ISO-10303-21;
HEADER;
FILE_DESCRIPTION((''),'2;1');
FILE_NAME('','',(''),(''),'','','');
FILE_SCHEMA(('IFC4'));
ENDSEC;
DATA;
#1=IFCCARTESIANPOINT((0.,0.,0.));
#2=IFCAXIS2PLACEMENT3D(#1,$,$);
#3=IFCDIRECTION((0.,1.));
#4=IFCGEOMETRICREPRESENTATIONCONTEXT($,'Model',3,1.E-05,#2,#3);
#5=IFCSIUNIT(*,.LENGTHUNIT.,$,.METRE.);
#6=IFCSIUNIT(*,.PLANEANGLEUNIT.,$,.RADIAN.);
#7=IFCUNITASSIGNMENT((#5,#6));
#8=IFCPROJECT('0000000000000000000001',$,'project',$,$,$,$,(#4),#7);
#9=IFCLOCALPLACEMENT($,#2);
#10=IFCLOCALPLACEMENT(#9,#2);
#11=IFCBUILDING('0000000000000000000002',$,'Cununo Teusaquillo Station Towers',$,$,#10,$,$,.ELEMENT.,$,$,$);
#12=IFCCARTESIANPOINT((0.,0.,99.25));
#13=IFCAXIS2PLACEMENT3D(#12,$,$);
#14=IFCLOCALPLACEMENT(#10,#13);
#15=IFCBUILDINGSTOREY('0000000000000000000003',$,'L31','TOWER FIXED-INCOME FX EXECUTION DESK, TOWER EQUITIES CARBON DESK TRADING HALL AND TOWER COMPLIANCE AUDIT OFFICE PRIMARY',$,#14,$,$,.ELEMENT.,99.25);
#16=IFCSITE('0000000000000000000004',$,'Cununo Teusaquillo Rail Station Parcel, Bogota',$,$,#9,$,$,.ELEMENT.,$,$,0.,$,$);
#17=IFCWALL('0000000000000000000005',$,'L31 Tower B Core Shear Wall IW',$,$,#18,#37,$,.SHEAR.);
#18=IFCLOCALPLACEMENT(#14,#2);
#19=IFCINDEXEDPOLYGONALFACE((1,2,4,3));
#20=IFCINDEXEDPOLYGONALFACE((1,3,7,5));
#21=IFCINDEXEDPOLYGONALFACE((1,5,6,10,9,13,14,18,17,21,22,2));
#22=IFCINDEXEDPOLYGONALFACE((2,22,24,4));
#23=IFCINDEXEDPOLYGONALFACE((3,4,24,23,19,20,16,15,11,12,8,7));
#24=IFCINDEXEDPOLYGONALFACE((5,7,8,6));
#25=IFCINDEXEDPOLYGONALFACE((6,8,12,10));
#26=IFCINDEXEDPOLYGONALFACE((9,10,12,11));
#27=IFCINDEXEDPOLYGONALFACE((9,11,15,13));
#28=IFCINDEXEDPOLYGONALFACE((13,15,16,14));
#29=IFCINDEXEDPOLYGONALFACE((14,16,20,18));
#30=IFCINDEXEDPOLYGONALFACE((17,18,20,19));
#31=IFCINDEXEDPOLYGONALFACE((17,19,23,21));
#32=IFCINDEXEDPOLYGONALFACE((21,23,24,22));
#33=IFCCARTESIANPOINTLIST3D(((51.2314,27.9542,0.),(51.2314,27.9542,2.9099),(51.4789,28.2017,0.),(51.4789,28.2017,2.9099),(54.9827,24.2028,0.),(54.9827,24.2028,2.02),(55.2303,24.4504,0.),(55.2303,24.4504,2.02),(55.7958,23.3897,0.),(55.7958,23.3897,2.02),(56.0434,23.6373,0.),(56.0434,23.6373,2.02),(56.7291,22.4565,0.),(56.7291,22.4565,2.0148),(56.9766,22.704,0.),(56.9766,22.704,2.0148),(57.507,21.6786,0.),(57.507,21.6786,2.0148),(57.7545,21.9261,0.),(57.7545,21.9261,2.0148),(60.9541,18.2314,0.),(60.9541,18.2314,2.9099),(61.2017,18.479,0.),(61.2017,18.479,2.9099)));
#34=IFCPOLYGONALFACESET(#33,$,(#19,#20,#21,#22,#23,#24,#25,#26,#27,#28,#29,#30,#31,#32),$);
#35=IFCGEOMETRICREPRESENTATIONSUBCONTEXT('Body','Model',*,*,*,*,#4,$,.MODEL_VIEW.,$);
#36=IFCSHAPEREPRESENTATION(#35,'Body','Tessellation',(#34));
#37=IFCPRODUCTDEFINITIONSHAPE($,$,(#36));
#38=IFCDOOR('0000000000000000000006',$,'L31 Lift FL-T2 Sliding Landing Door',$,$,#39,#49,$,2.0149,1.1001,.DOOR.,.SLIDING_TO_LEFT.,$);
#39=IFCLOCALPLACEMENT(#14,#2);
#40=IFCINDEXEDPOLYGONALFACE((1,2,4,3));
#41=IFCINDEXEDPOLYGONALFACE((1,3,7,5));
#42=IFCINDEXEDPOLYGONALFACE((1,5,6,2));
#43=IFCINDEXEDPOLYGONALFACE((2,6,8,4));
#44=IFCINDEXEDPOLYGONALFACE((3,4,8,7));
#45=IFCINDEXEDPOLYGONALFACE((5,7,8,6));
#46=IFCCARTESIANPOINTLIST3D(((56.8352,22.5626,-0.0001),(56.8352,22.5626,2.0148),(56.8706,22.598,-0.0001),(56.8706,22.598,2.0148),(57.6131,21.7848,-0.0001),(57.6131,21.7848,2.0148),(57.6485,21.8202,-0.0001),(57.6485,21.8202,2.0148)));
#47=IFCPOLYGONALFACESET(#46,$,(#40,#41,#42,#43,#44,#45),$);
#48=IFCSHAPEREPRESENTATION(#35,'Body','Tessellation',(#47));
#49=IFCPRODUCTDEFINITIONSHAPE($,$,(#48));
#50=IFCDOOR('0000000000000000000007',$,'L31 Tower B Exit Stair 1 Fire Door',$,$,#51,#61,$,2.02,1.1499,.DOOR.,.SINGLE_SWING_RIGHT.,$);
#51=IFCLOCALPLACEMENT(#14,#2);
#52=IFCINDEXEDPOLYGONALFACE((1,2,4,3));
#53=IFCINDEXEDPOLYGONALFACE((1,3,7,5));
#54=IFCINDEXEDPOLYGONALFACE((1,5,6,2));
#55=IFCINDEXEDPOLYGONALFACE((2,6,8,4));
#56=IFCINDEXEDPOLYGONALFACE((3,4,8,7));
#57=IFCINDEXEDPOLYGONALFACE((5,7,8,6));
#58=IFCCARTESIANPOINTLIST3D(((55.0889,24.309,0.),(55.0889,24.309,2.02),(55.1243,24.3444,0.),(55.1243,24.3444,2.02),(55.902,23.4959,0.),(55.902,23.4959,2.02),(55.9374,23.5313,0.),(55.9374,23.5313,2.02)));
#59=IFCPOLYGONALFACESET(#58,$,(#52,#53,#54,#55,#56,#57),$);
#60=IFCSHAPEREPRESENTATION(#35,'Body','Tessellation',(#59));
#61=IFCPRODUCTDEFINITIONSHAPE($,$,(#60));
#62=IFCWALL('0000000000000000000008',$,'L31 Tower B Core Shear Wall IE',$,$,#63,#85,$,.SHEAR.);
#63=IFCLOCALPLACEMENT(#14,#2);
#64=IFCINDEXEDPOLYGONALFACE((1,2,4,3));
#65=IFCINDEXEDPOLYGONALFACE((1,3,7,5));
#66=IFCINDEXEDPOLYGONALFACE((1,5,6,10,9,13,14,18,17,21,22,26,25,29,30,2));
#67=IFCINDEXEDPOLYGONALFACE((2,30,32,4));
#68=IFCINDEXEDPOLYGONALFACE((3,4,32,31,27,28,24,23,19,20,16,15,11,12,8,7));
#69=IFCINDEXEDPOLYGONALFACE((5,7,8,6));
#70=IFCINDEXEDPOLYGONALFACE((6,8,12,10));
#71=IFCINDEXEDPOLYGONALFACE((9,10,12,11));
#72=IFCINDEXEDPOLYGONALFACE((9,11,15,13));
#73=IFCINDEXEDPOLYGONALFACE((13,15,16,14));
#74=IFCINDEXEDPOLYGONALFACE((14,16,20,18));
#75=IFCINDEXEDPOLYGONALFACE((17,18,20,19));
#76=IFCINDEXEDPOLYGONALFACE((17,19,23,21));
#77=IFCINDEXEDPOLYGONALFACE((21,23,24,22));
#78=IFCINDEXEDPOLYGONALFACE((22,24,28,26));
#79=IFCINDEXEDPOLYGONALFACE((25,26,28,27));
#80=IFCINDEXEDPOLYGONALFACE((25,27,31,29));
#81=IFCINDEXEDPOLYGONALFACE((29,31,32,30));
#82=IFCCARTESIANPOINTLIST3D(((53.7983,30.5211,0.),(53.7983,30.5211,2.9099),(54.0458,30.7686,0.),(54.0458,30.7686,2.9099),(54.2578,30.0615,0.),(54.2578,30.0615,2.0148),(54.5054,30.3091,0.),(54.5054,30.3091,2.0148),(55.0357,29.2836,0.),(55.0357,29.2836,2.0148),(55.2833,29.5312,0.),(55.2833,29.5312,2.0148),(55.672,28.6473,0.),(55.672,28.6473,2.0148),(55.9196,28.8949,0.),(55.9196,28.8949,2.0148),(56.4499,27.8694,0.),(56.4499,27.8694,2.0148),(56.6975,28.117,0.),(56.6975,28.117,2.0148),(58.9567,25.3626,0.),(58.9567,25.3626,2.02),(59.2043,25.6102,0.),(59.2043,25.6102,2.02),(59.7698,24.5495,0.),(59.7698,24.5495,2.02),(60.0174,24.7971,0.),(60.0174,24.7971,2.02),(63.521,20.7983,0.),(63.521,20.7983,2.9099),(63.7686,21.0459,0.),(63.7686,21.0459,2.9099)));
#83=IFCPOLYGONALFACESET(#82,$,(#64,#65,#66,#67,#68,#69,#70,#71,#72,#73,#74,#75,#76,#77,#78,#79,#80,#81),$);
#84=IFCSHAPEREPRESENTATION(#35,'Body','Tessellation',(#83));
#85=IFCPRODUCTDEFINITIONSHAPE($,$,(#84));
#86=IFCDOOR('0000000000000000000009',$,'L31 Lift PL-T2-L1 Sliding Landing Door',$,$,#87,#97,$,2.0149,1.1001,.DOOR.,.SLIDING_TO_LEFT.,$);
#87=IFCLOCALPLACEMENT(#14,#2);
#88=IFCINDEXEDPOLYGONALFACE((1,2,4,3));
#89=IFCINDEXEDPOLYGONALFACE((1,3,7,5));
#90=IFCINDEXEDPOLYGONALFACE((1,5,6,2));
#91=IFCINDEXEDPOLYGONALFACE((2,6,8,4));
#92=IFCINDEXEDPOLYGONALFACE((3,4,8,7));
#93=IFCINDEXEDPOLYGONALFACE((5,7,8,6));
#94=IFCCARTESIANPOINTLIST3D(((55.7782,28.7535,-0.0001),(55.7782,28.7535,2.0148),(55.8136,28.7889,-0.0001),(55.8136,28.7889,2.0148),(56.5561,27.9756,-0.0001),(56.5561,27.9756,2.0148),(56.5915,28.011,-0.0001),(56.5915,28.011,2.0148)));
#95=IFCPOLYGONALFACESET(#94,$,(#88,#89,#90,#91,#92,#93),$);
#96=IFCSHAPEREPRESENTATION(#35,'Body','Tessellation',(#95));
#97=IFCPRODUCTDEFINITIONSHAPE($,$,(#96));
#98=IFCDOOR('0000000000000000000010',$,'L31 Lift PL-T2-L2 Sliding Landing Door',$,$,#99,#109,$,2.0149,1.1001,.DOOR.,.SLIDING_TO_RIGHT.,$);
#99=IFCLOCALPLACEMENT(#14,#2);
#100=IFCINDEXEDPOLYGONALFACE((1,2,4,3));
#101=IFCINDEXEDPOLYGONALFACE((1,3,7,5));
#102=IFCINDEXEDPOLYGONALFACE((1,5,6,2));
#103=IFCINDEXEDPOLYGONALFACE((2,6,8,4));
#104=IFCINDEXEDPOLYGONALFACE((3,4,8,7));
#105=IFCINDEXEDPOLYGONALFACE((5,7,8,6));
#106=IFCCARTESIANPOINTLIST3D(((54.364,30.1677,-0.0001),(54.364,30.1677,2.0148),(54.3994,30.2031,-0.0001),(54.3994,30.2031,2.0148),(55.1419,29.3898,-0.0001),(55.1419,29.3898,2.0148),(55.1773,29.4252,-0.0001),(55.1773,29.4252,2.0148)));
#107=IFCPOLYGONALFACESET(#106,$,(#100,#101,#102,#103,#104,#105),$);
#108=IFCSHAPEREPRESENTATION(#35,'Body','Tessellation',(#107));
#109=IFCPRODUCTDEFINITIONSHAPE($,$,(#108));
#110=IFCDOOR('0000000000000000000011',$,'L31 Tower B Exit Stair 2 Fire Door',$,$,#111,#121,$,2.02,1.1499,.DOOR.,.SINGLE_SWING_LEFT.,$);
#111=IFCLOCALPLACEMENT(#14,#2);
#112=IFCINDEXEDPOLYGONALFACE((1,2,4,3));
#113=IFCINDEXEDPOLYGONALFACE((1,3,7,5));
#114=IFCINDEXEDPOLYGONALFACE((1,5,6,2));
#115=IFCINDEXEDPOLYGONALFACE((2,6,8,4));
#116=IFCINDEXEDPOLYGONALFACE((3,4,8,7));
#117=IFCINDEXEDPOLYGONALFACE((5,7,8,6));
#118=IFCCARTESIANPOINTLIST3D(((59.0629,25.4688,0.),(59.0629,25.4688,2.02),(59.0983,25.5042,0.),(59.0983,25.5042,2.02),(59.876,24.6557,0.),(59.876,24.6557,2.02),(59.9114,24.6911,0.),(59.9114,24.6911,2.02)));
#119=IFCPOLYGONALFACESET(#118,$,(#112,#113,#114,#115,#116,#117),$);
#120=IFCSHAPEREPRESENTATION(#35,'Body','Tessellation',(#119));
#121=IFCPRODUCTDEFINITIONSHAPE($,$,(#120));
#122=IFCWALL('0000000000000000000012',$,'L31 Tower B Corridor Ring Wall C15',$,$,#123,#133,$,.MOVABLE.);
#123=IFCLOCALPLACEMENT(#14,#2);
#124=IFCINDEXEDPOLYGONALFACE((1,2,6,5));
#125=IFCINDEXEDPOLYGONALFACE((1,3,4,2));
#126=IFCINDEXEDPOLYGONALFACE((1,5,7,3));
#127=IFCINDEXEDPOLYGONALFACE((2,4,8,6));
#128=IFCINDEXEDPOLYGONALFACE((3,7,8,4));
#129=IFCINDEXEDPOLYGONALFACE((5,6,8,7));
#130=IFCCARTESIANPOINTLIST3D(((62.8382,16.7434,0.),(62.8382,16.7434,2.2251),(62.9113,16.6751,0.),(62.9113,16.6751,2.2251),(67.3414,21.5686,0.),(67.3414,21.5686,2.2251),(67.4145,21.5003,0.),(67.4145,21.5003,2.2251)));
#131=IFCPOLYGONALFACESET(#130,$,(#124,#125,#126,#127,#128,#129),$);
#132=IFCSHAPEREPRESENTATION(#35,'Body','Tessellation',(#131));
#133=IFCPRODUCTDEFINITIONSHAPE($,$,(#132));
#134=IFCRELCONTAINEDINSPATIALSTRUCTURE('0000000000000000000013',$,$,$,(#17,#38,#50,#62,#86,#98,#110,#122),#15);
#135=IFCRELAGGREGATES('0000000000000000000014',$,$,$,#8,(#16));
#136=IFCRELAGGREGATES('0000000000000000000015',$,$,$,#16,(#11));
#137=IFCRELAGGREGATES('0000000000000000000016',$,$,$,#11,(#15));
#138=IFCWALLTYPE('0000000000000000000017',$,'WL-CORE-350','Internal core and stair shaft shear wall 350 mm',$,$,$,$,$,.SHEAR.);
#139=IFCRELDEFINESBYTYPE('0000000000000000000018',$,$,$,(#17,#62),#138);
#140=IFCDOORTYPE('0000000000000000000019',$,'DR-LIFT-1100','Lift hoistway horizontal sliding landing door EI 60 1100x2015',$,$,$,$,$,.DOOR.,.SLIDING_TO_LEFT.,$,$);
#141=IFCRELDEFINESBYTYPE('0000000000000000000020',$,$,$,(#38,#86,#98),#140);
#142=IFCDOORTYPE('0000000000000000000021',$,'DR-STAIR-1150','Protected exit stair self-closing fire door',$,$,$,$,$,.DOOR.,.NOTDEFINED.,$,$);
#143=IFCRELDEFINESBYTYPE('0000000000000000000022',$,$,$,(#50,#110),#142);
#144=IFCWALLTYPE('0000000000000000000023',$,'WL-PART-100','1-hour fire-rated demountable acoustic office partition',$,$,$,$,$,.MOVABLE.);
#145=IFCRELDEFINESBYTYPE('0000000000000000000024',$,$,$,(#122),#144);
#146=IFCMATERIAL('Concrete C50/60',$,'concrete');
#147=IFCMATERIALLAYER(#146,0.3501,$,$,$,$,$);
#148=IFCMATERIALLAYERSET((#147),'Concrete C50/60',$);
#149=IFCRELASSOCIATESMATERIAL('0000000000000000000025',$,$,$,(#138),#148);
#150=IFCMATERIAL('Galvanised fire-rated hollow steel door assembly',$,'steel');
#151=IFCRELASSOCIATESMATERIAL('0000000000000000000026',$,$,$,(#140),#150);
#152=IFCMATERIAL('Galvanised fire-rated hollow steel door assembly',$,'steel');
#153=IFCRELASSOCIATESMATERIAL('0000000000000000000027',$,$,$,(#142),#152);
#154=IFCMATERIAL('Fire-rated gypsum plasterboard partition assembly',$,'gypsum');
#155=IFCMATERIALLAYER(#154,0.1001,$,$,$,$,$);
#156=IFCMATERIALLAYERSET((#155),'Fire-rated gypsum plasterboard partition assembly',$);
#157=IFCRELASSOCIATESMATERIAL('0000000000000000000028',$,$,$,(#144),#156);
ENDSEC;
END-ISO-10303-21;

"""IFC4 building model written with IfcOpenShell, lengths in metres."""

from ifc_helpers import new_model, si_unit, direction, frame, frame_2d, origin, place, context, subcontext, project, spatial, rectangle, extrude, source, transform, mapped, material, layer, layer_set, type_object, element, fill, save


model = new_model("IFC4")

# Units and contexts
model_context = context("Model", 3, precision=1e-05, world=origin(), true_north=direction((0.0, 1.0)))
body_context = subcontext(model_context, "Body", "Model", "MODEL_VIEW")
ifc_project = project(units=[si_unit("LENGTHUNIT", "METRE"), si_unit("PLANEANGLEUNIT", "RADIAN")], contexts=[model_context])

# Site, building, storey
site_placement = place(None, origin())
site = spatial("IfcSite", under=ifc_project, at=site_placement, Name="Cununo Teusaquillo Rail Station Parcel, Bogota", CompositionType="ELEMENT", RefElevation=0.0)
building_placement = place(site_placement, origin())
building = spatial("IfcBuilding", under=site, at=building_placement, Name="Cununo Teusaquillo Station Towers", CompositionType="ELEMENT")
storey_placement = place(building_placement, frame((0.0, 0.0, 99.25)))
storey = spatial("IfcBuildingStorey", under=building, at=storey_placement, Name="L31", Description="TOWER FIXED-INCOME FX EXECUTION DESK, TOWER EQUITIES CARBON DESK TRADING HALL AND TOWER COMPLIANCE AUDIT OFFICE PRIMARY", CompositionType="ELEMENT", Elevation=99.25)

# Walls, openings, doors
ifc_material_1 = material(Name="Concrete C50/60", Category="concrete")
ifc_layer_1 = layer(ifc_material_1, 0.3501)
ifc_layer_set_1 = layer_set([ifc_layer_1], Name="Concrete C50/60")
wall_type_1 = type_object("IfcWallType", Name="WL-CORE-350", Description="Internal core and stair shaft shear wall 350 mm", PredefinedType="SHEAR", material=ifc_layer_set_1)
wall_1_placement = place(storey_placement, frame((61.0779, 18.3552, 0.0), z_axis=(0.0, 0.0, 1.0), x_axis=(-0.707107, 0.707107, 0.0)))
wall_1 = element("IfcWall", 1, at=wall_1_placement, inside=storey, type_object=wall_type_1, Name="L31 Tower B Core Shear Wall IW", PredefinedType="SHEAR", context=body_context, shape_type="SweptSolid", body=[
    extrude(rectangle(XDim=13.75, YDim=0.3501, at=frame_2d((6.875, 0.0))), origin(), (0.0, 0.0, 1.0), 2.9099),
])
shared_shape_1 = source(origin(), body_context, "Body", "SweptSolid", [
    extrude(rectangle(XDim=1.1001, YDim=2.0149, at=frame_2d((0.55, 1.0073))), frame((0.0, 0.1851, 0.0), z_axis=(0.0, -1.0, 0.0), x_axis=(1.0, 0.0, 0.0)), (0.0, 0.0, 1.0), 0.3701),
])
opening_1_placement = place(wall_1_placement, frame((4.875, 0.0, 0.0)))
opening_1 = element("IfcOpeningElement", 2, at=opening_1_placement, cuts=wall_1, PredefinedType="OPENING", context=body_context, shape_type="MappedRepresentation", body=[
    mapped(shared_shape_1, transform((0.0, 0.0, 0.0), x_axis=(1.0, 0.0, 0.0), y_axis=(0.0, 1.0, 0.0), z_axis=(0.0, 0.0, 1.0), scale=1.0)),
])
shared_shape_2 = source(origin(), body_context, "Body", "SweptSolid", [
    extrude(rectangle(XDim=1.1499, YDim=2.02, at=frame_2d((0.575, 1.01))), frame((0.0, 0.1851, 0.0), z_axis=(0.0, -1.0, 0.0), x_axis=(1.0, 0.0, 0.0)), (0.0, 0.0, 1.0), 0.3701),
])
opening_2_placement = place(wall_1_placement, frame((7.2949, 0.0, 0.0)))
opening_2 = element("IfcOpeningElement", 3, at=opening_2_placement, cuts=wall_1, PredefinedType="OPENING", context=body_context, shape_type="MappedRepresentation", body=[
    mapped(shared_shape_2, transform((0.0, 0.0, 0.0), x_axis=(1.0, 0.0, 0.0), y_axis=(0.0, 1.0, 0.0), z_axis=(0.0, 0.0, 1.0), scale=1.0)),
])
ifc_material_2 = material(Name="Galvanised fire-rated hollow steel door assembly", Category="steel")
door_type_1 = type_object("IfcDoorType", Name="DR-LIFT-1100", Description="Lift hoistway horizontal sliding landing door EI 60 1100x2015", OperationType="SLIDING_TO_LEFT", PredefinedType="DOOR", material=ifc_material_2)
shared_shape_3 = source(origin(), body_context, "Body", "SweptSolid", [
    extrude(rectangle(XDim=1.1001, YDim=2.0149, at=frame_2d((0.55, 1.0073))), frame((0.0, 0.0249, 0.0), z_axis=(0.0, -1.0, 0.0), x_axis=(1.0, 0.0, 0.0)), (0.0, 0.0, 1.0), 0.05),
])
door_1_placement = place(opening_1_placement, origin())
door_1 = element("IfcDoor", 4, at=door_1_placement, inside=storey, type_object=door_type_1, Name="L31 Lift FL-T2 Sliding Landing Door", OperationType="SLIDING_TO_LEFT", OverallHeight=2.0149, OverallWidth=1.1001, PredefinedType="DOOR", context=body_context, shape_type="MappedRepresentation", body=[
    mapped(shared_shape_3, transform((0.0, 0.0, 0.0), x_axis=(1.0, 0.0, 0.0), y_axis=(0.0, 1.0, 0.0), z_axis=(0.0, 0.0, 1.0), scale=1.0)),
])
fill(opening_1, door_1)
ifc_material_3 = material(Name="Galvanised fire-rated hollow steel door assembly", Category="steel")
door_type_2 = type_object("IfcDoorType", Name="DR-STAIR-1150", Description="Protected exit stair self-closing fire door", OperationType="NOTDEFINED", PredefinedType="DOOR", material=ifc_material_3)
shared_shape_4 = source(origin(), body_context, "Body", "SweptSolid", [
    extrude(rectangle(XDim=1.1499, YDim=2.02, at=frame_2d((0.575, 1.01))), frame((0.0, 0.0249, 0.0), z_axis=(0.0, -1.0, 0.0), x_axis=(1.0, 0.0, 0.0)), (0.0, 0.0, 1.0), 0.05),
])
door_2_placement = place(opening_2_placement, origin())
door_2 = element("IfcDoor", 5, at=door_2_placement, inside=storey, type_object=door_type_2, Name="L31 Tower B Exit Stair 1 Fire Door", OperationType="SINGLE_SWING_RIGHT", OverallHeight=2.02, OverallWidth=1.1499, PredefinedType="DOOR", context=body_context, shape_type="MappedRepresentation", body=[
    mapped(shared_shape_4, transform((0.0, 0.0, 0.0), x_axis=(1.0, 0.0, 0.0), y_axis=(0.0, 1.0, 0.0), z_axis=(0.0, 0.0, 1.0), scale=1.0)),
])
fill(opening_2, door_2)
wall_2_placement = place(storey_placement, frame((63.6448, 20.9221, 0.0), z_axis=(0.0, 0.0, 1.0), x_axis=(-0.707107, 0.707107, 0.0)))
wall_2 = element("IfcWall", 6, at=wall_2_placement, inside=storey, type_object=wall_type_1, Name="L31 Tower B Core Shear Wall IE", PredefinedType="SHEAR", context=body_context, shape_type="SweptSolid", body=[
    extrude(rectangle(XDim=13.75, YDim=0.3501, at=frame_2d((6.875, 0.0))), origin(), (0.0, 0.0, 1.0), 2.9099),
])
opening_3_placement = place(wall_2_placement, frame((10.0, 0.0, 0.0)))
opening_3 = element("IfcOpeningElement", 7, at=opening_3_placement, cuts=wall_2, PredefinedType="OPENING", context=body_context, shape_type="MappedRepresentation", body=[
    mapped(shared_shape_1, transform((0.0, 0.0, 0.0), x_axis=(1.0, 0.0, 0.0), y_axis=(0.0, 1.0, 0.0), z_axis=(0.0, 0.0, 1.0), scale=1.0)),
])
opening_4_placement = place(wall_2_placement, frame((12.0, 0.0, 0.0)))
opening_4 = element("IfcOpeningElement", 8, at=opening_4_placement, cuts=wall_2, PredefinedType="OPENING", context=body_context, shape_type="MappedRepresentation", body=[
    mapped(shared_shape_1, transform((0.0, 0.0, 0.0), x_axis=(1.0, 0.0, 0.0), y_axis=(0.0, 1.0, 0.0), z_axis=(0.0, 0.0, 1.0), scale=1.0)),
])
opening_5_placement = place(wall_2_placement, frame((5.3049, 0.0, 0.0)))
opening_5 = element("IfcOpeningElement", 9, at=opening_5_placement, cuts=wall_2, PredefinedType="OPENING", context=body_context, shape_type="MappedRepresentation", body=[
    mapped(shared_shape_2, transform((0.0, 0.0, 0.0), x_axis=(1.0, 0.0, 0.0), y_axis=(0.0, 1.0, 0.0), z_axis=(0.0, 0.0, 1.0), scale=1.0)),
])
door_3_placement = place(opening_3_placement, origin())
door_3 = element("IfcDoor", 10, at=door_3_placement, inside=storey, type_object=door_type_1, Name="L31 Lift PL-T2-L1 Sliding Landing Door", OperationType="SLIDING_TO_LEFT", OverallHeight=2.0149, OverallWidth=1.1001, PredefinedType="DOOR", context=body_context, shape_type="MappedRepresentation", body=[
    mapped(shared_shape_3, transform((0.0, 0.0, 0.0), x_axis=(1.0, 0.0, 0.0), y_axis=(0.0, 1.0, 0.0), z_axis=(0.0, 0.0, 1.0), scale=1.0)),
])
fill(opening_3, door_3)
door_4_placement = place(opening_4_placement, origin())
door_4 = element("IfcDoor", 11, at=door_4_placement, inside=storey, type_object=door_type_1, Name="L31 Lift PL-T2-L2 Sliding Landing Door", OperationType="SLIDING_TO_RIGHT", OverallHeight=2.0149, OverallWidth=1.1001, PredefinedType="DOOR", context=body_context, shape_type="MappedRepresentation", body=[
    mapped(shared_shape_3, transform((0.0, 0.0, 0.0), x_axis=(1.0, 0.0, 0.0), y_axis=(0.0, 1.0, 0.0), z_axis=(0.0, 0.0, 1.0), scale=1.0)),
])
fill(opening_4, door_4)
door_5_placement = place(opening_5_placement, origin())
door_5 = element("IfcDoor", 12, at=door_5_placement, inside=storey, type_object=door_type_2, Name="L31 Tower B Exit Stair 2 Fire Door", OperationType="SINGLE_SWING_LEFT", OverallHeight=2.02, OverallWidth=1.1499, PredefinedType="DOOR", context=body_context, shape_type="MappedRepresentation", body=[
    mapped(shared_shape_4, transform((0.0, 0.0, 0.0), x_axis=(1.0, 0.0, 0.0), y_axis=(0.0, 1.0, 0.0), z_axis=(0.0, 0.0, 1.0), scale=1.0)),
])
fill(opening_5, door_5)

# Wall
ifc_material_4 = material(Name="Fire-rated gypsum plasterboard partition assembly", Category="gypsum")
ifc_layer_2 = layer(ifc_material_4, 0.1001)
ifc_layer_set_2 = layer_set([ifc_layer_2], Name="Fire-rated gypsum plasterboard partition assembly")
wall_type_2 = type_object("IfcWallType", Name="WL-PART-100", Description="1-hour fire-rated demountable acoustic office partition", PredefinedType="MOVABLE", material=ifc_layer_set_2)
wall_3_placement = place(storey_placement, frame((62.8748, 16.7092, 0.0), z_axis=(0.0, 0.0, 1.0), x_axis=(0.682291, 0.731081, 0.0)))
element("IfcWall", 13, at=wall_3_placement, inside=storey, type_object=wall_type_2, Name="L31 Tower B Corridor Ring Wall C15", PredefinedType="MOVABLE", context=body_context, shape_type="SweptSolid", body=[
    extrude(rectangle(XDim=6.6001, YDim=0.1001, at=frame_2d((3.3, 0.0))), origin(), (0.0, 0.0, 1.0), 2.2251),
])

save(model, "model.ifc")
